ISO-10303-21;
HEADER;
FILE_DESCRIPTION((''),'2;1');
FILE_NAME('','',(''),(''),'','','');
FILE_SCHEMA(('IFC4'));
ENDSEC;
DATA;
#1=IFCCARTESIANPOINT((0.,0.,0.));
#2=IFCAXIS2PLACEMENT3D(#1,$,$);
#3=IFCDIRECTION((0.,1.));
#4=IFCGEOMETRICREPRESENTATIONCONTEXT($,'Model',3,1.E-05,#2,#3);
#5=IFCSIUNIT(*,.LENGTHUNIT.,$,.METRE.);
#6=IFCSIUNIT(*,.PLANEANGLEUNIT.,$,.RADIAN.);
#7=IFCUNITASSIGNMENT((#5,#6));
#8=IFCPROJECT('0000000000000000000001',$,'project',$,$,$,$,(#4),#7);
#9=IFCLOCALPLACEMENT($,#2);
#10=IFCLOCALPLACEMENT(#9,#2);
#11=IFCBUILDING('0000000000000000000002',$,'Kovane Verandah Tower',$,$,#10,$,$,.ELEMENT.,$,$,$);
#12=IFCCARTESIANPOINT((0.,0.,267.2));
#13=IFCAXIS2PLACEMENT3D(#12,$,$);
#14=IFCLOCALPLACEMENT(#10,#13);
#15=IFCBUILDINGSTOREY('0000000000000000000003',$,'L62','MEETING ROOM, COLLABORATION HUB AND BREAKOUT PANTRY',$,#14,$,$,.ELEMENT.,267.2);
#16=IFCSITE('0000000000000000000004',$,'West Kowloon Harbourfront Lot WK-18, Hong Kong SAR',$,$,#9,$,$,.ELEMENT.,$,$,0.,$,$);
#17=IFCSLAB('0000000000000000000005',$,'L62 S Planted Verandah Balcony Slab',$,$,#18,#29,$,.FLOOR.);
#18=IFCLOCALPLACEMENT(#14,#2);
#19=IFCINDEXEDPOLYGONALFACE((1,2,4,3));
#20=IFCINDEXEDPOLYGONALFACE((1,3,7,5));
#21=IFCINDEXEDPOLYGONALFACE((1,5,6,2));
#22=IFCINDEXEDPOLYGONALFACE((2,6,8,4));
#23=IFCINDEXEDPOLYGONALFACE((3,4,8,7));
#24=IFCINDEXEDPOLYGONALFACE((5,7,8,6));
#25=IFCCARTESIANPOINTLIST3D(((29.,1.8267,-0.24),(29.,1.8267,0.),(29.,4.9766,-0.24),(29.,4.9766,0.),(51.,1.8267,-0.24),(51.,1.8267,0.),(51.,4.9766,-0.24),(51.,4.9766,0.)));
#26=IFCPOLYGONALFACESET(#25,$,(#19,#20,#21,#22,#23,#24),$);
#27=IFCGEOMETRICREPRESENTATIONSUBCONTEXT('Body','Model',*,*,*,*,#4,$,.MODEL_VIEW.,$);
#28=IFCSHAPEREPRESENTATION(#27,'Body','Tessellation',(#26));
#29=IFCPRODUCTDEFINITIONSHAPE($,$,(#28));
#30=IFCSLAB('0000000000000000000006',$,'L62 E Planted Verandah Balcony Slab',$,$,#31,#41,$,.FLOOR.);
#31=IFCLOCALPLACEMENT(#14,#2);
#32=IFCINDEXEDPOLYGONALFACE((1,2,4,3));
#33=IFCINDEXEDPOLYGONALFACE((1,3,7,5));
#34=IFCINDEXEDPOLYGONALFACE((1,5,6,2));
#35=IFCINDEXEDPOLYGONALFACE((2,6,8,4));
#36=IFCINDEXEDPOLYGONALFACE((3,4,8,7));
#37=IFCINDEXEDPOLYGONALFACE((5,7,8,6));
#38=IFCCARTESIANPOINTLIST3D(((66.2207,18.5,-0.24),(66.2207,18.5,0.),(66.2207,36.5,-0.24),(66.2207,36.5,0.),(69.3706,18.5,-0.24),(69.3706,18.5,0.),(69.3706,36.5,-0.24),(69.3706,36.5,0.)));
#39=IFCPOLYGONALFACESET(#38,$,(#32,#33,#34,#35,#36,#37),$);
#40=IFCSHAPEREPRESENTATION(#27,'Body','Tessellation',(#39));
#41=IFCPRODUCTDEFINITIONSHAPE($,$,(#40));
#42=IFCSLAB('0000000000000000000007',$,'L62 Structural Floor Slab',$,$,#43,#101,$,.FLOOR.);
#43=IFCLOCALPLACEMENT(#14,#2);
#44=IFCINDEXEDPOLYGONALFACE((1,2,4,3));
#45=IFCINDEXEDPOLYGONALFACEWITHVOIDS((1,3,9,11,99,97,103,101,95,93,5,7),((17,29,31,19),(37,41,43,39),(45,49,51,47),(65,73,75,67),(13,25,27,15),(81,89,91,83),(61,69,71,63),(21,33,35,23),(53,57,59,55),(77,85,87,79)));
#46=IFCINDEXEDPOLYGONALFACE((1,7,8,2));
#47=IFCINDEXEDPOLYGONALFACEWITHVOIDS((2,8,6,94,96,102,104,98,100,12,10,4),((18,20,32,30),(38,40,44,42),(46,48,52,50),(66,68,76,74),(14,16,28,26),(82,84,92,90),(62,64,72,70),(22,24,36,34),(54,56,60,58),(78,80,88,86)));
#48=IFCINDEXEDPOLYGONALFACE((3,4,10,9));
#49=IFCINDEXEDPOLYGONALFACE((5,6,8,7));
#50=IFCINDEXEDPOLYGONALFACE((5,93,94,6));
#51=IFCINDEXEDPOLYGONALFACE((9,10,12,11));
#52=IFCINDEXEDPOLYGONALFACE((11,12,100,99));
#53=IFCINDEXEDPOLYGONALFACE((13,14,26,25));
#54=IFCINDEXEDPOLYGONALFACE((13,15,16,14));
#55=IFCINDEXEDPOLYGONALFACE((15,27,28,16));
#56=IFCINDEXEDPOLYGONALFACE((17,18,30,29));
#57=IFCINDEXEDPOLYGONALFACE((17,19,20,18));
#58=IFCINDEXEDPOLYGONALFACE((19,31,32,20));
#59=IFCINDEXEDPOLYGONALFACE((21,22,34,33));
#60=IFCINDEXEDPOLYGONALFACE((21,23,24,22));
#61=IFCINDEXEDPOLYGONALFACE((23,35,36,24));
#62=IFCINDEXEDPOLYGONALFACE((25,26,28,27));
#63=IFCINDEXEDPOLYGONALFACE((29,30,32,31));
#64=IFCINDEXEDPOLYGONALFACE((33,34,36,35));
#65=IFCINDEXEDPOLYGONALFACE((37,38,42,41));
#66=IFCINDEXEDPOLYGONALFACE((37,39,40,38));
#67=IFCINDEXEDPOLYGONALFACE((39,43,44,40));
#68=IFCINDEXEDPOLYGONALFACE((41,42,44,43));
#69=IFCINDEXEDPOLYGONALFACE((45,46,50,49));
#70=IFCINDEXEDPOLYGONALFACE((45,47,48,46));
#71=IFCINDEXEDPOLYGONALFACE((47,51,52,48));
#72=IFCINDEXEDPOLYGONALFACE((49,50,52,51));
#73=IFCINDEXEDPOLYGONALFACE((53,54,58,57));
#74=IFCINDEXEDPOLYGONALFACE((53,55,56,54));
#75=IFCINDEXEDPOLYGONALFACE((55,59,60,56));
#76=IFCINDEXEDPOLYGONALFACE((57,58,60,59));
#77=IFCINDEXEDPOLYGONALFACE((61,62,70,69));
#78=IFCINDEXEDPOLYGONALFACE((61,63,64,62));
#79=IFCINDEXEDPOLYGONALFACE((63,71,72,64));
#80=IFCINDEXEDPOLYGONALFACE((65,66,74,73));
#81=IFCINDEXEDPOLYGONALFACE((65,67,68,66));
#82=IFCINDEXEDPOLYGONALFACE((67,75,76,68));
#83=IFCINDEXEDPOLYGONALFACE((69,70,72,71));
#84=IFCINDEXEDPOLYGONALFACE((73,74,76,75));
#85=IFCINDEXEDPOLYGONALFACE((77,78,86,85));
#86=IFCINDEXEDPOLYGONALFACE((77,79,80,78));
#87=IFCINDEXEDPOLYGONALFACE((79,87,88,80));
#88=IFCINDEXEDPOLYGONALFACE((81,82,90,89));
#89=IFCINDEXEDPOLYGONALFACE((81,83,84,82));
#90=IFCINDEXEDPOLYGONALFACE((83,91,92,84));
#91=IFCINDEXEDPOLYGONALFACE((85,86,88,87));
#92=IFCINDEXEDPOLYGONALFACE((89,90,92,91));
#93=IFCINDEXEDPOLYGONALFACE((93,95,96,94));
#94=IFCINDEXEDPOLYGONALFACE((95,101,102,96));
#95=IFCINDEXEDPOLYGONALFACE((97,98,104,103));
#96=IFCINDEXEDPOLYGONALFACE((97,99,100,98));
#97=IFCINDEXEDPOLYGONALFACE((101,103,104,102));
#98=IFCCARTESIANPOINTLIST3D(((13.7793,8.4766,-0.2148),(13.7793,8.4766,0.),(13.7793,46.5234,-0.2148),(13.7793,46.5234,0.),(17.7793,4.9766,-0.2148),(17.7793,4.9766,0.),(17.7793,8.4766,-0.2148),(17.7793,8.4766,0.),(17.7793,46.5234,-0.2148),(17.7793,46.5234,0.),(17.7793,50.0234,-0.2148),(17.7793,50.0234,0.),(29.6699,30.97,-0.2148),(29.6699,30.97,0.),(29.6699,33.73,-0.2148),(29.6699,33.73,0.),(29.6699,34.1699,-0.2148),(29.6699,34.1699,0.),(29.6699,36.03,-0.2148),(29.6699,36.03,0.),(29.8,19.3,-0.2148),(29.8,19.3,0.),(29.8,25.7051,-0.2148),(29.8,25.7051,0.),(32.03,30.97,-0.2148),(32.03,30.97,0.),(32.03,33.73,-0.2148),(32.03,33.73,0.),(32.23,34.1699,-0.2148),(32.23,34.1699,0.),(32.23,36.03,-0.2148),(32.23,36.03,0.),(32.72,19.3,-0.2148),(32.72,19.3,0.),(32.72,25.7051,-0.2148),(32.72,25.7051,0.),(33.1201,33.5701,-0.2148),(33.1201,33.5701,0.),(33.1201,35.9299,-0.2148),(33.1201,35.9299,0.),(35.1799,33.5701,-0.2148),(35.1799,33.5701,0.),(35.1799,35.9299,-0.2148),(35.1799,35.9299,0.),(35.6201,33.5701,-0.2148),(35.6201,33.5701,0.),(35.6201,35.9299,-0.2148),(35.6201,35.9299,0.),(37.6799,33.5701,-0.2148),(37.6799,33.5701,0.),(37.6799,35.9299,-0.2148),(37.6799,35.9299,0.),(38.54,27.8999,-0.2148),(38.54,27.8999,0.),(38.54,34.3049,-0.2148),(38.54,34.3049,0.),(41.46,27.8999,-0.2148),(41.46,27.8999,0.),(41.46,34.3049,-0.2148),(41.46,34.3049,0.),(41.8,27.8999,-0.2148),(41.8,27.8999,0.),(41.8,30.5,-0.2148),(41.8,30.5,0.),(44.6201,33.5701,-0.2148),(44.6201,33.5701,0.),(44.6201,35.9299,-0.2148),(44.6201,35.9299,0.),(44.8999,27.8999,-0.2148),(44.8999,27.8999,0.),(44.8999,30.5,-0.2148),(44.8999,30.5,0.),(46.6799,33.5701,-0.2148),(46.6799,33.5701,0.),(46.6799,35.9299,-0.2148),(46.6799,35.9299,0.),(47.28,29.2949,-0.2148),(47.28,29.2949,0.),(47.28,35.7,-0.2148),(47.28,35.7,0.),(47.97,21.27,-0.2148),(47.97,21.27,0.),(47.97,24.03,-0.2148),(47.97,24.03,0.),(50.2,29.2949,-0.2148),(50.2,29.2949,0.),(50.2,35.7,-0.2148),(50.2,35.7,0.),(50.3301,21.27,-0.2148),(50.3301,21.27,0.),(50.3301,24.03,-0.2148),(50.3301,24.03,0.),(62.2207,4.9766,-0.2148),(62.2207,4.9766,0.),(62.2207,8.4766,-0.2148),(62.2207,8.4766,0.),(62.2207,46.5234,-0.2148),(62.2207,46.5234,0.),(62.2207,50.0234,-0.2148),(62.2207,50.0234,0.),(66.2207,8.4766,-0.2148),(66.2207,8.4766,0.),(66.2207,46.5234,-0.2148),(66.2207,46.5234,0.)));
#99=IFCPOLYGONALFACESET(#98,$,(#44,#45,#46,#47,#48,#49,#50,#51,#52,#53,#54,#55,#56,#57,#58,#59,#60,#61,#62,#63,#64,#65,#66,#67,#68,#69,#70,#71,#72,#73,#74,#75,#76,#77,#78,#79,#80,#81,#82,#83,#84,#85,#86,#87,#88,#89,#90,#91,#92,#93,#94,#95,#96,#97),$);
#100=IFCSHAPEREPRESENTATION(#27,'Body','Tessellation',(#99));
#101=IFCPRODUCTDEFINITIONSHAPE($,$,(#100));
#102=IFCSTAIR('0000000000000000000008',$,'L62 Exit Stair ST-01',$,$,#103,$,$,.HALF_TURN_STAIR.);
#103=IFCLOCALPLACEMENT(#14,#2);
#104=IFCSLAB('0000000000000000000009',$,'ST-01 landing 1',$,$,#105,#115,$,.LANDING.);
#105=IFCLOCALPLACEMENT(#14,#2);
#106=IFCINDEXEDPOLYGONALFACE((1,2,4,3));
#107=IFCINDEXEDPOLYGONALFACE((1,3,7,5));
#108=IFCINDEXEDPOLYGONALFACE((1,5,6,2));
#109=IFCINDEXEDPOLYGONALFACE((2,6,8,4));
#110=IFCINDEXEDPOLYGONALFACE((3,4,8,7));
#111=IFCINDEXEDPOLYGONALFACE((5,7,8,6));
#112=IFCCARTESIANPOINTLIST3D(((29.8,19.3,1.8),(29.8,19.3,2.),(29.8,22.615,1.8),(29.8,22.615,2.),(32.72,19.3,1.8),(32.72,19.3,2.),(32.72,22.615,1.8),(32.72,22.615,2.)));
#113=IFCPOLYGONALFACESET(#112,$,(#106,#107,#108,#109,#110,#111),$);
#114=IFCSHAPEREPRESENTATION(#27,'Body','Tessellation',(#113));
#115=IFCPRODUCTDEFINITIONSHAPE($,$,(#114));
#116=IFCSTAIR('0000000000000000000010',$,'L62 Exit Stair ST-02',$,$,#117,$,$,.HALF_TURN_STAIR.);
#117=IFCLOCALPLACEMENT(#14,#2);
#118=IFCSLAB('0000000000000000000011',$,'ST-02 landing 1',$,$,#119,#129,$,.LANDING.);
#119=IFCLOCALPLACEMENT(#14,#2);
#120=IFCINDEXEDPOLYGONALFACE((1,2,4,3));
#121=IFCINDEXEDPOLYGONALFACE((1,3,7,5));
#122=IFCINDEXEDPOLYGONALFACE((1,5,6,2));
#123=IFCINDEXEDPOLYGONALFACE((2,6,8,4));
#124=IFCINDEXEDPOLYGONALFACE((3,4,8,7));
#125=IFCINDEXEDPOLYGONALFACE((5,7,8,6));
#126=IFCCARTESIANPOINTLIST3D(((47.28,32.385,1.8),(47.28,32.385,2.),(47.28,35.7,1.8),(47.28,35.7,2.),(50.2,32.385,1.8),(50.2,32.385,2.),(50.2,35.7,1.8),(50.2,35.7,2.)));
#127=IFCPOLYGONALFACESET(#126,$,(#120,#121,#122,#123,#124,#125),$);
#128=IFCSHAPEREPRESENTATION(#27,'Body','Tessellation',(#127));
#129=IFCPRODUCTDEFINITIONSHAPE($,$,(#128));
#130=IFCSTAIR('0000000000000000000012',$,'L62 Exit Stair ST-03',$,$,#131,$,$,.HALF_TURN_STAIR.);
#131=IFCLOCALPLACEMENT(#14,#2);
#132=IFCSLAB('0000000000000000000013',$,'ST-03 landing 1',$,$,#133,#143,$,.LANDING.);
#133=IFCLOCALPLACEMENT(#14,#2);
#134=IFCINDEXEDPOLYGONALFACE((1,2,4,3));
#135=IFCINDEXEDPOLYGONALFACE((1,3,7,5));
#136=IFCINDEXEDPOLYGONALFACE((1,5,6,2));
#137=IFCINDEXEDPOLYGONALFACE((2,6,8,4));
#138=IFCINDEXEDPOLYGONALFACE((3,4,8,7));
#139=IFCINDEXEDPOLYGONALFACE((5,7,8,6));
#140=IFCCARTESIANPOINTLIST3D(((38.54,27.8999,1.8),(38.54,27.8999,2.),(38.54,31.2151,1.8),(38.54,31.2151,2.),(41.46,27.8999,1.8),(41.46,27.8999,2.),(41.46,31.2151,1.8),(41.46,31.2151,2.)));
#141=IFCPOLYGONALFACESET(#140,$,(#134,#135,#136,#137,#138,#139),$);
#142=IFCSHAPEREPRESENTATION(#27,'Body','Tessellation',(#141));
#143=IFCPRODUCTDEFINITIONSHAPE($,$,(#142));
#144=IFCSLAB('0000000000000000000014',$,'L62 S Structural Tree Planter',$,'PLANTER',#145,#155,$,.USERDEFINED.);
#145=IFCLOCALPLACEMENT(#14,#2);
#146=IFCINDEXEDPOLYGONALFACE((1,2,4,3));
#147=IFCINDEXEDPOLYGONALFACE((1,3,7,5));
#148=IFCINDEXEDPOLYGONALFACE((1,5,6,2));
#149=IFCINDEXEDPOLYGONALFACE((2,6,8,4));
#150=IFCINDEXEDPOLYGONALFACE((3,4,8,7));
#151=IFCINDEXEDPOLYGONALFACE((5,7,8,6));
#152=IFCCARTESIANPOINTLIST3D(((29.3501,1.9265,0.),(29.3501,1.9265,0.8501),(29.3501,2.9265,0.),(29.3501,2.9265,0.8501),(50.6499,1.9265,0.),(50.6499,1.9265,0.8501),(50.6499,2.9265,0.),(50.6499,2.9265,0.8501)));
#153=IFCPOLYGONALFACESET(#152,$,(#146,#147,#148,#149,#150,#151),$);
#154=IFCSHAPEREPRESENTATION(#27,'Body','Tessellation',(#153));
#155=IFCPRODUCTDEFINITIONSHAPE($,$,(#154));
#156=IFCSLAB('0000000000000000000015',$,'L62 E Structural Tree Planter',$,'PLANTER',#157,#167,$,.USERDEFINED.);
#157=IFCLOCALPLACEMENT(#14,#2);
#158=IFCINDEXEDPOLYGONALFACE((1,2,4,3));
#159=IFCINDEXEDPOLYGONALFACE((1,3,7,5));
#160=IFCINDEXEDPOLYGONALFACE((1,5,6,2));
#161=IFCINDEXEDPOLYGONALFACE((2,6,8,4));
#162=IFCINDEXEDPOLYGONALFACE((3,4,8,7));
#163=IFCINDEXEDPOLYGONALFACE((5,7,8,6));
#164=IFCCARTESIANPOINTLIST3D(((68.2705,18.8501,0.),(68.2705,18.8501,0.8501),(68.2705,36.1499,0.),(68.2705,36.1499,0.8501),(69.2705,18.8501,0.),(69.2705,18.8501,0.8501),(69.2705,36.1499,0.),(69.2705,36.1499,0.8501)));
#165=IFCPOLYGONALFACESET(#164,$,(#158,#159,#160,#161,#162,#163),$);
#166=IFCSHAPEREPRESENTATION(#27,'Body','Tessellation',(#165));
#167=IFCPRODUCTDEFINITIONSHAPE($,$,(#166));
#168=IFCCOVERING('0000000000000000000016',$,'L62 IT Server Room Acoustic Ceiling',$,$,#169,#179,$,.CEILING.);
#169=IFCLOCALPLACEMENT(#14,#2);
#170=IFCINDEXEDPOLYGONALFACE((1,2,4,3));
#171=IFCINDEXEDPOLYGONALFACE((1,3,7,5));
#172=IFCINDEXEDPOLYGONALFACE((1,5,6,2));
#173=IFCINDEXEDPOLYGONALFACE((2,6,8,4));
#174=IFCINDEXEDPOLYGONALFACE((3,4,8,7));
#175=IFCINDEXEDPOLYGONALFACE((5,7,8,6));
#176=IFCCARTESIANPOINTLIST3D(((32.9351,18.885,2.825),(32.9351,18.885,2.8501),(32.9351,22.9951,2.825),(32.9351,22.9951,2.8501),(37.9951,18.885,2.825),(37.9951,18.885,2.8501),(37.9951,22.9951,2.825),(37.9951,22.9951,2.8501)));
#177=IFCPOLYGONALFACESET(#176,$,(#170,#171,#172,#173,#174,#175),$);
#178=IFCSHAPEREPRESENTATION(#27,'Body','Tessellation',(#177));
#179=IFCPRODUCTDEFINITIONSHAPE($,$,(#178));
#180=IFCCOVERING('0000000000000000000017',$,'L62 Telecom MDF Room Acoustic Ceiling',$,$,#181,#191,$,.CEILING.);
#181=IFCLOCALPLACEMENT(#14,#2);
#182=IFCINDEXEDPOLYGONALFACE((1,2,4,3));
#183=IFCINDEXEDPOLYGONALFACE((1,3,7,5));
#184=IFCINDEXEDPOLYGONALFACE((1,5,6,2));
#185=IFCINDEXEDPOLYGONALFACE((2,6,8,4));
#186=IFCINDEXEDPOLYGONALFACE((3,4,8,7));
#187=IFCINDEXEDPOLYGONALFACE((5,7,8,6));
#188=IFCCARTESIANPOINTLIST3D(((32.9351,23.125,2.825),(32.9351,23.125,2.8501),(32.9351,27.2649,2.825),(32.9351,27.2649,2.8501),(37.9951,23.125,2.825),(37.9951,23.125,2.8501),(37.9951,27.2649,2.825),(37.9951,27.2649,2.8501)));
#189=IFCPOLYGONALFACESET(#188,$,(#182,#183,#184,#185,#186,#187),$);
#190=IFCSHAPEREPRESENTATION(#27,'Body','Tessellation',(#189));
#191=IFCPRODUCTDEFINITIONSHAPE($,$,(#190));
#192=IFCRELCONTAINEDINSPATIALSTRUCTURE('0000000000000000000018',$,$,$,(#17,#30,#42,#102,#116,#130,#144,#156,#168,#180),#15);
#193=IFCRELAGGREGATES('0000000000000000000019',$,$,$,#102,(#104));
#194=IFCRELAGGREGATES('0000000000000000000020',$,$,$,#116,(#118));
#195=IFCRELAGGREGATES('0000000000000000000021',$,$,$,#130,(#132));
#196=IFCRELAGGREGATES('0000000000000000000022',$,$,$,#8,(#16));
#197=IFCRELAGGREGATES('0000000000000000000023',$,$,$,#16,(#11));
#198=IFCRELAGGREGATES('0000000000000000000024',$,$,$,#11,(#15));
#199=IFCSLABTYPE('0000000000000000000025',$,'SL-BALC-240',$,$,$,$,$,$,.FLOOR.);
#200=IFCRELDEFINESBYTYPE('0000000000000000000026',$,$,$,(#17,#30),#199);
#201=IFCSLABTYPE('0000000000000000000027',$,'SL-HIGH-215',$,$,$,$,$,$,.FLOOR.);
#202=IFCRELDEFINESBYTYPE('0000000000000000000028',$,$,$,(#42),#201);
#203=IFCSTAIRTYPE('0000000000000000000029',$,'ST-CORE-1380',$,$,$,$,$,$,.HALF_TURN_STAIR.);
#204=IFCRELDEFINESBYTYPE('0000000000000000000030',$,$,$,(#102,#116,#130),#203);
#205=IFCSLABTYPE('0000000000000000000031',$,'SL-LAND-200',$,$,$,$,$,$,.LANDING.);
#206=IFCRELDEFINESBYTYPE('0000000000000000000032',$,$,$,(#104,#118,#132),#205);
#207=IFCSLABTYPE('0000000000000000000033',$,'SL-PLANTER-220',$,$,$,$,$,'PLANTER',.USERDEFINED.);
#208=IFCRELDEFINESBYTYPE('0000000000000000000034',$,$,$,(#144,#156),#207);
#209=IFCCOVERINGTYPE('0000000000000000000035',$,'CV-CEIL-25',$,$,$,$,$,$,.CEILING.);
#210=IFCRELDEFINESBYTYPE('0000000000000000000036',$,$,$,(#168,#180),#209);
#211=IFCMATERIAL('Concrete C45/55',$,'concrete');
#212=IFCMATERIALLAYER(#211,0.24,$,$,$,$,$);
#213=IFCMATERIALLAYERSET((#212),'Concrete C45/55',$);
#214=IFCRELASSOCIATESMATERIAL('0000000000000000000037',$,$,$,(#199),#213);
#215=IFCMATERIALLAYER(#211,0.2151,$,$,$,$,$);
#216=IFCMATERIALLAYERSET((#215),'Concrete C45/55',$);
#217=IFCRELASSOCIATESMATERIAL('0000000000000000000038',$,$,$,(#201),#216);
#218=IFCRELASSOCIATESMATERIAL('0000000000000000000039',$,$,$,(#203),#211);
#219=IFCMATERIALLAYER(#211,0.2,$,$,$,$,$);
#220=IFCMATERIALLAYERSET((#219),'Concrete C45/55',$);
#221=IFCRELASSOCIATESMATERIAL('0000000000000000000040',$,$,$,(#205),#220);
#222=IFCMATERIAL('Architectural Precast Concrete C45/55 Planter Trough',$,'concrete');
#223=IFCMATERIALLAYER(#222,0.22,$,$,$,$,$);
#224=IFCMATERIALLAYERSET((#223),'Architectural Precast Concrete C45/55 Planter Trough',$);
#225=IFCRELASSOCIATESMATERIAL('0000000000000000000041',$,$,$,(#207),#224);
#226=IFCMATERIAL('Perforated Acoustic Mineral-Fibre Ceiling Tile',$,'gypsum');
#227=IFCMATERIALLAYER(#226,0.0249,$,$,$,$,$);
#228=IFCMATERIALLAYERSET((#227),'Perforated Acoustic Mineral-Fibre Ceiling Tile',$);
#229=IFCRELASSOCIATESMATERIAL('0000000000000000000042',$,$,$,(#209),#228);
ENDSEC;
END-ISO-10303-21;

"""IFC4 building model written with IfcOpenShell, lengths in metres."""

from ifc_helpers import new_model, si_unit, direction, frame, origin, place, context, subcontext, project, spatial, polyline, outline, extrude, material, layer, layer_set, type_object, element, aggregate, save


model = new_model("IFC4")

# Units and contexts
model_context = context("Model", 3, precision=1e-05, world=origin(), true_north=direction((0.0, 1.0)))
body_context = subcontext(model_context, "Body", "Model", "MODEL_VIEW")
ifc_project = project(units=[si_unit("LENGTHUNIT", "METRE"), si_unit("PLANEANGLEUNIT", "RADIAN")], contexts=[model_context])

# Site, building, storey
site_placement = place(None, origin())
site = spatial("IfcSite", under=ifc_project, at=site_placement, Name="West Kowloon Harbourfront Lot WK-18, Hong Kong SAR", CompositionType="ELEMENT", RefElevation=0.0)
building_placement = place(site_placement, origin())
building = spatial("IfcBuilding", under=site, at=building_placement, Name="Kovane Verandah Tower", CompositionType="ELEMENT")
storey_placement = place(building_placement, frame((0.0, 0.0, 267.2)))
storey = spatial("IfcBuildingStorey", under=building, at=storey_placement, Name="L62", Description="MEETING ROOM, COLLABORATION HUB AND BREAKOUT PANTRY", CompositionType="ELEMENT", Elevation=267.2)

# Slabs
ifc_material_1 = material(Name="Concrete C45/55", Category="concrete")
ifc_layer_1 = layer(ifc_material_1, 0.24)
ifc_layer_set_1 = layer_set([ifc_layer_1], Name="Concrete C45/55")
slab_type_1 = type_object("IfcSlabType", Name="SL-BALC-240", PredefinedType="FLOOR", material=ifc_layer_set_1)
slab_1_placement = place(storey_placement, frame((0.0, 0.0, -0.24)))
element("IfcSlab", 1, at=slab_1_placement, inside=storey, type_object=slab_type_1, Name="L62 S Planted Verandah Balcony Slab", PredefinedType="FLOOR", context=body_context, shape_type="SweptSolid", body=[
    extrude(outline(polyline([(29.0, 1.8267), (51.0, 1.8267), (51.0, 4.9766), (29.0, 4.9766), (29.0, 1.8267)])), origin(), (0.0, 0.0, 1.0), 0.24),
])
slab_2_placement = place(storey_placement, frame((0.0, 0.0, -0.24)))
element("IfcSlab", 2, at=slab_2_placement, inside=storey, type_object=slab_type_1, Name="L62 E Planted Verandah Balcony Slab", PredefinedType="FLOOR", context=body_context, shape_type="SweptSolid", body=[
    extrude(outline(polyline([(66.2207, 18.5), (69.3706, 18.5), (69.3706, 36.5), (66.2207, 36.5), (66.2207, 18.5)])), origin(), (0.0, 0.0, 1.0), 0.24),
])
ifc_layer_2 = layer(ifc_material_1, 0.2151)
ifc_layer_set_2 = layer_set([ifc_layer_2], Name="Concrete C45/55")
slab_type_2 = type_object("IfcSlabType", Name="SL-HIGH-215", PredefinedType="FLOOR", material=ifc_layer_set_2)
slab_3_placement = place(storey_placement, frame((0.0, 0.0, -0.2148)))
element("IfcSlab", 3, at=slab_3_placement, inside=storey, type_object=slab_type_2, Name="L62 Structural Floor Slab", PredefinedType="FLOOR", context=body_context, shape_type="SweptSolid", body=[
    extrude(outline(polyline([(17.7793, 4.9766), (62.2207, 4.9766), (62.2207, 8.4766), (66.2207, 8.4766), (66.2207, 46.5234), (62.2207, 46.5234), (62.2207, 50.0234), (17.7793, 50.0234), (17.7793, 46.5234), (13.7793, 46.5234), (13.7793, 8.4766), (17.7793, 8.4766), (17.7793, 4.9766)]), holes=[polyline([(29.8, 19.3), (32.72, 19.3), (32.72, 25.7051), (29.8, 25.7051), (29.8, 19.3)]), polyline([(47.28, 29.2949), (50.2, 29.2949), (50.2, 35.7), (47.28, 35.7), (47.28, 29.2949)]), polyline([(38.54, 27.8999), (41.46, 27.8999), (41.46, 34.3049), (38.54, 34.3049), (38.54, 27.8999)]), polyline([(29.6699, 30.97), (32.03, 30.97), (32.03, 33.73), (29.6699, 33.73), (29.6699, 30.97)]), polyline([(47.97, 21.27), (50.3301, 21.27), (50.3301, 24.03), (47.97, 24.03), (47.97, 21.27)]), polyline([(29.6699, 34.1699), (32.23, 34.1699), (32.23, 36.03), (29.6699, 36.03), (29.6699, 34.1699)]), polyline([(33.1201, 33.5701), (35.1799, 33.5701), (35.1799, 35.9299), (33.1201, 35.9299), (33.1201, 33.5701)]), polyline([(35.6201, 33.5701), (37.6799, 33.5701), (37.6799, 35.9299), (35.6201, 35.9299), (35.6201, 33.5701)]), polyline([(44.6201, 33.5701), (46.6799, 33.5701), (46.6799, 35.9299), (44.6201, 35.9299), (44.6201, 33.5701)]), polyline([(41.8, 27.8999), (44.8999, 27.8999), (44.8999, 30.5), (41.8, 30.5), (41.8, 27.8999)])]), origin(), (0.0, 0.0, 1.0), 0.2148),
])

# Stairs, slabs
stair_type = type_object("IfcStairType", Name="ST-CORE-1380", PredefinedType="HALF_TURN_STAIR", material=ifc_material_1)
stair_1_placement = place(storey_placement, origin())
stair_1 = element("IfcStair", 4, at=stair_1_placement, inside=storey, type_object=stair_type, Name="L62 Exit Stair ST-01", PredefinedType="HALF_TURN_STAIR")
ifc_layer_3 = layer(ifc_material_1, 0.2)
ifc_layer_set_3 = layer_set([ifc_layer_3], Name="Concrete C45/55")
slab_type_3 = type_object("IfcSlabType", Name="SL-LAND-200", PredefinedType="LANDING", material=ifc_layer_set_3)
slab_4_placement = place(storey_placement, frame((0.0, 0.0, 1.8)))
slab_4 = element("IfcSlab", 5, at=slab_4_placement, type_object=slab_type_3, Name="ST-01 landing 1", PredefinedType="LANDING", context=body_context, shape_type="SweptSolid", body=[
    extrude(outline(polyline([(29.8, 22.615), (29.8, 19.3), (32.72, 19.3), (32.72, 22.615), (29.8, 22.615)])), origin(), (0.0, 0.0, 1.0), 0.2),
])
aggregate(stair_1, [slab_4])
stair_2_placement = place(storey_placement, origin())
stair_2 = element("IfcStair", 6, at=stair_2_placement, inside=storey, type_object=stair_type, Name="L62 Exit Stair ST-02", PredefinedType="HALF_TURN_STAIR")
slab_5_placement = place(storey_placement, frame((0.0, 0.0, 1.8)))
slab_5 = element("IfcSlab", 7, at=slab_5_placement, type_object=slab_type_3, Name="ST-02 landing 1", PredefinedType="LANDING", context=body_context, shape_type="SweptSolid", body=[
    extrude(outline(polyline([(50.2, 32.385), (50.2, 35.7), (47.28, 35.7), (47.28, 32.385), (50.2, 32.385)])), origin(), (0.0, 0.0, 1.0), 0.2),
])
aggregate(stair_2, [slab_5])
stair_3_placement = place(storey_placement, origin())
stair_3 = element("IfcStair", 8, at=stair_3_placement, inside=storey, type_object=stair_type, Name="L62 Exit Stair ST-03", PredefinedType="HALF_TURN_STAIR")
slab_6_placement = place(storey_placement, frame((0.0, 0.0, 1.8)))
slab_6 = element("IfcSlab", 9, at=slab_6_placement, type_object=slab_type_3, Name="ST-03 landing 1", PredefinedType="LANDING", context=body_context, shape_type="SweptSolid", body=[
    extrude(outline(polyline([(38.54, 31.2151), (38.54, 27.8999), (41.46, 27.8999), (41.46, 31.2151), (38.54, 31.2151)])), origin(), (0.0, 0.0, 1.0), 0.2),
])
aggregate(stair_3, [slab_6])

# Slabs
ifc_material_2 = material(Name="Architectural Precast Concrete C45/55 Planter Trough", Category="concrete")
ifc_layer_4 = layer(ifc_material_2, 0.22)
ifc_layer_set_4 = layer_set([ifc_layer_4], Name="Architectural Precast Concrete C45/55 Planter Trough")
slab_type_4 = type_object("IfcSlabType", Name="SL-PLANTER-220", ElementType="PLANTER", PredefinedType="USERDEFINED", material=ifc_layer_set_4)
slab_7_placement = place(storey_placement, origin())
element("IfcSlab", 10, at=slab_7_placement, inside=storey, type_object=slab_type_4, Name="L62 S Structural Tree Planter", ObjectType="PLANTER", PredefinedType="USERDEFINED", context=body_context, shape_type="SweptSolid", body=[
    extrude(outline(polyline([(29.3501, 1.9265), (50.6499, 1.9265), (50.6499, 2.9265), (29.3501, 2.9265), (29.3501, 1.9265)])), origin(), (0.0, 0.0, 1.0), 0.8501),
])
slab_8_placement = place(storey_placement, origin())
element("IfcSlab", 11, at=slab_8_placement, inside=storey, type_object=slab_type_4, Name="L62 E Structural Tree Planter", ObjectType="PLANTER", PredefinedType="USERDEFINED", context=body_context, shape_type="SweptSolid", body=[
    extrude(outline(polyline([(68.2705, 18.8501), (69.2705, 18.8501), (69.2705, 36.1499), (68.2705, 36.1499), (68.2705, 18.8501)])), origin(), (0.0, 0.0, 1.0), 0.8501),
])

# Coverings
ifc_material_3 = material(Name="Perforated Acoustic Mineral-Fibre Ceiling Tile", Category="gypsum")
ifc_layer_5 = layer(ifc_material_3, 0.0249)
ifc_layer_set_5 = layer_set([ifc_layer_5], Name="Perforated Acoustic Mineral-Fibre Ceiling Tile")
covering_type_1 = type_object("IfcCoveringType", Name="CV-CEIL-25", PredefinedType="CEILING", material=ifc_layer_set_5)
covering_1_placement = place(storey_placement, frame((0.0, 0.0, 2.825)))
element("IfcCovering", 12, at=covering_1_placement, inside=storey, type_object=covering_type_1, Name="L62 IT Server Room Acoustic Ceiling", PredefinedType="CEILING", context=body_context, shape_type="SweptSolid", body=[
    extrude(outline(polyline([(32.9351, 18.885), (37.9951, 18.885), (37.9951, 22.9951), (32.9351, 22.9951), (32.9351, 18.885)])), origin(), (0.0, 0.0, 1.0), 0.0251),
])
covering_2_placement = place(storey_placement, frame((0.0, 0.0, 2.825)))
element("IfcCovering", 13, at=covering_2_placement, inside=storey, type_object=covering_type_1, Name="L62 Telecom MDF Room Acoustic Ceiling", PredefinedType="CEILING", context=body_context, shape_type="SweptSolid", body=[
    extrude(outline(polyline([(32.9351, 23.125), (37.9951, 23.125), (37.9951, 27.2649), (32.9351, 27.2649), (32.9351, 23.125)])), origin(), (0.0, 0.0, 1.0), 0.0251),
])

save(model, "model.ifc")
